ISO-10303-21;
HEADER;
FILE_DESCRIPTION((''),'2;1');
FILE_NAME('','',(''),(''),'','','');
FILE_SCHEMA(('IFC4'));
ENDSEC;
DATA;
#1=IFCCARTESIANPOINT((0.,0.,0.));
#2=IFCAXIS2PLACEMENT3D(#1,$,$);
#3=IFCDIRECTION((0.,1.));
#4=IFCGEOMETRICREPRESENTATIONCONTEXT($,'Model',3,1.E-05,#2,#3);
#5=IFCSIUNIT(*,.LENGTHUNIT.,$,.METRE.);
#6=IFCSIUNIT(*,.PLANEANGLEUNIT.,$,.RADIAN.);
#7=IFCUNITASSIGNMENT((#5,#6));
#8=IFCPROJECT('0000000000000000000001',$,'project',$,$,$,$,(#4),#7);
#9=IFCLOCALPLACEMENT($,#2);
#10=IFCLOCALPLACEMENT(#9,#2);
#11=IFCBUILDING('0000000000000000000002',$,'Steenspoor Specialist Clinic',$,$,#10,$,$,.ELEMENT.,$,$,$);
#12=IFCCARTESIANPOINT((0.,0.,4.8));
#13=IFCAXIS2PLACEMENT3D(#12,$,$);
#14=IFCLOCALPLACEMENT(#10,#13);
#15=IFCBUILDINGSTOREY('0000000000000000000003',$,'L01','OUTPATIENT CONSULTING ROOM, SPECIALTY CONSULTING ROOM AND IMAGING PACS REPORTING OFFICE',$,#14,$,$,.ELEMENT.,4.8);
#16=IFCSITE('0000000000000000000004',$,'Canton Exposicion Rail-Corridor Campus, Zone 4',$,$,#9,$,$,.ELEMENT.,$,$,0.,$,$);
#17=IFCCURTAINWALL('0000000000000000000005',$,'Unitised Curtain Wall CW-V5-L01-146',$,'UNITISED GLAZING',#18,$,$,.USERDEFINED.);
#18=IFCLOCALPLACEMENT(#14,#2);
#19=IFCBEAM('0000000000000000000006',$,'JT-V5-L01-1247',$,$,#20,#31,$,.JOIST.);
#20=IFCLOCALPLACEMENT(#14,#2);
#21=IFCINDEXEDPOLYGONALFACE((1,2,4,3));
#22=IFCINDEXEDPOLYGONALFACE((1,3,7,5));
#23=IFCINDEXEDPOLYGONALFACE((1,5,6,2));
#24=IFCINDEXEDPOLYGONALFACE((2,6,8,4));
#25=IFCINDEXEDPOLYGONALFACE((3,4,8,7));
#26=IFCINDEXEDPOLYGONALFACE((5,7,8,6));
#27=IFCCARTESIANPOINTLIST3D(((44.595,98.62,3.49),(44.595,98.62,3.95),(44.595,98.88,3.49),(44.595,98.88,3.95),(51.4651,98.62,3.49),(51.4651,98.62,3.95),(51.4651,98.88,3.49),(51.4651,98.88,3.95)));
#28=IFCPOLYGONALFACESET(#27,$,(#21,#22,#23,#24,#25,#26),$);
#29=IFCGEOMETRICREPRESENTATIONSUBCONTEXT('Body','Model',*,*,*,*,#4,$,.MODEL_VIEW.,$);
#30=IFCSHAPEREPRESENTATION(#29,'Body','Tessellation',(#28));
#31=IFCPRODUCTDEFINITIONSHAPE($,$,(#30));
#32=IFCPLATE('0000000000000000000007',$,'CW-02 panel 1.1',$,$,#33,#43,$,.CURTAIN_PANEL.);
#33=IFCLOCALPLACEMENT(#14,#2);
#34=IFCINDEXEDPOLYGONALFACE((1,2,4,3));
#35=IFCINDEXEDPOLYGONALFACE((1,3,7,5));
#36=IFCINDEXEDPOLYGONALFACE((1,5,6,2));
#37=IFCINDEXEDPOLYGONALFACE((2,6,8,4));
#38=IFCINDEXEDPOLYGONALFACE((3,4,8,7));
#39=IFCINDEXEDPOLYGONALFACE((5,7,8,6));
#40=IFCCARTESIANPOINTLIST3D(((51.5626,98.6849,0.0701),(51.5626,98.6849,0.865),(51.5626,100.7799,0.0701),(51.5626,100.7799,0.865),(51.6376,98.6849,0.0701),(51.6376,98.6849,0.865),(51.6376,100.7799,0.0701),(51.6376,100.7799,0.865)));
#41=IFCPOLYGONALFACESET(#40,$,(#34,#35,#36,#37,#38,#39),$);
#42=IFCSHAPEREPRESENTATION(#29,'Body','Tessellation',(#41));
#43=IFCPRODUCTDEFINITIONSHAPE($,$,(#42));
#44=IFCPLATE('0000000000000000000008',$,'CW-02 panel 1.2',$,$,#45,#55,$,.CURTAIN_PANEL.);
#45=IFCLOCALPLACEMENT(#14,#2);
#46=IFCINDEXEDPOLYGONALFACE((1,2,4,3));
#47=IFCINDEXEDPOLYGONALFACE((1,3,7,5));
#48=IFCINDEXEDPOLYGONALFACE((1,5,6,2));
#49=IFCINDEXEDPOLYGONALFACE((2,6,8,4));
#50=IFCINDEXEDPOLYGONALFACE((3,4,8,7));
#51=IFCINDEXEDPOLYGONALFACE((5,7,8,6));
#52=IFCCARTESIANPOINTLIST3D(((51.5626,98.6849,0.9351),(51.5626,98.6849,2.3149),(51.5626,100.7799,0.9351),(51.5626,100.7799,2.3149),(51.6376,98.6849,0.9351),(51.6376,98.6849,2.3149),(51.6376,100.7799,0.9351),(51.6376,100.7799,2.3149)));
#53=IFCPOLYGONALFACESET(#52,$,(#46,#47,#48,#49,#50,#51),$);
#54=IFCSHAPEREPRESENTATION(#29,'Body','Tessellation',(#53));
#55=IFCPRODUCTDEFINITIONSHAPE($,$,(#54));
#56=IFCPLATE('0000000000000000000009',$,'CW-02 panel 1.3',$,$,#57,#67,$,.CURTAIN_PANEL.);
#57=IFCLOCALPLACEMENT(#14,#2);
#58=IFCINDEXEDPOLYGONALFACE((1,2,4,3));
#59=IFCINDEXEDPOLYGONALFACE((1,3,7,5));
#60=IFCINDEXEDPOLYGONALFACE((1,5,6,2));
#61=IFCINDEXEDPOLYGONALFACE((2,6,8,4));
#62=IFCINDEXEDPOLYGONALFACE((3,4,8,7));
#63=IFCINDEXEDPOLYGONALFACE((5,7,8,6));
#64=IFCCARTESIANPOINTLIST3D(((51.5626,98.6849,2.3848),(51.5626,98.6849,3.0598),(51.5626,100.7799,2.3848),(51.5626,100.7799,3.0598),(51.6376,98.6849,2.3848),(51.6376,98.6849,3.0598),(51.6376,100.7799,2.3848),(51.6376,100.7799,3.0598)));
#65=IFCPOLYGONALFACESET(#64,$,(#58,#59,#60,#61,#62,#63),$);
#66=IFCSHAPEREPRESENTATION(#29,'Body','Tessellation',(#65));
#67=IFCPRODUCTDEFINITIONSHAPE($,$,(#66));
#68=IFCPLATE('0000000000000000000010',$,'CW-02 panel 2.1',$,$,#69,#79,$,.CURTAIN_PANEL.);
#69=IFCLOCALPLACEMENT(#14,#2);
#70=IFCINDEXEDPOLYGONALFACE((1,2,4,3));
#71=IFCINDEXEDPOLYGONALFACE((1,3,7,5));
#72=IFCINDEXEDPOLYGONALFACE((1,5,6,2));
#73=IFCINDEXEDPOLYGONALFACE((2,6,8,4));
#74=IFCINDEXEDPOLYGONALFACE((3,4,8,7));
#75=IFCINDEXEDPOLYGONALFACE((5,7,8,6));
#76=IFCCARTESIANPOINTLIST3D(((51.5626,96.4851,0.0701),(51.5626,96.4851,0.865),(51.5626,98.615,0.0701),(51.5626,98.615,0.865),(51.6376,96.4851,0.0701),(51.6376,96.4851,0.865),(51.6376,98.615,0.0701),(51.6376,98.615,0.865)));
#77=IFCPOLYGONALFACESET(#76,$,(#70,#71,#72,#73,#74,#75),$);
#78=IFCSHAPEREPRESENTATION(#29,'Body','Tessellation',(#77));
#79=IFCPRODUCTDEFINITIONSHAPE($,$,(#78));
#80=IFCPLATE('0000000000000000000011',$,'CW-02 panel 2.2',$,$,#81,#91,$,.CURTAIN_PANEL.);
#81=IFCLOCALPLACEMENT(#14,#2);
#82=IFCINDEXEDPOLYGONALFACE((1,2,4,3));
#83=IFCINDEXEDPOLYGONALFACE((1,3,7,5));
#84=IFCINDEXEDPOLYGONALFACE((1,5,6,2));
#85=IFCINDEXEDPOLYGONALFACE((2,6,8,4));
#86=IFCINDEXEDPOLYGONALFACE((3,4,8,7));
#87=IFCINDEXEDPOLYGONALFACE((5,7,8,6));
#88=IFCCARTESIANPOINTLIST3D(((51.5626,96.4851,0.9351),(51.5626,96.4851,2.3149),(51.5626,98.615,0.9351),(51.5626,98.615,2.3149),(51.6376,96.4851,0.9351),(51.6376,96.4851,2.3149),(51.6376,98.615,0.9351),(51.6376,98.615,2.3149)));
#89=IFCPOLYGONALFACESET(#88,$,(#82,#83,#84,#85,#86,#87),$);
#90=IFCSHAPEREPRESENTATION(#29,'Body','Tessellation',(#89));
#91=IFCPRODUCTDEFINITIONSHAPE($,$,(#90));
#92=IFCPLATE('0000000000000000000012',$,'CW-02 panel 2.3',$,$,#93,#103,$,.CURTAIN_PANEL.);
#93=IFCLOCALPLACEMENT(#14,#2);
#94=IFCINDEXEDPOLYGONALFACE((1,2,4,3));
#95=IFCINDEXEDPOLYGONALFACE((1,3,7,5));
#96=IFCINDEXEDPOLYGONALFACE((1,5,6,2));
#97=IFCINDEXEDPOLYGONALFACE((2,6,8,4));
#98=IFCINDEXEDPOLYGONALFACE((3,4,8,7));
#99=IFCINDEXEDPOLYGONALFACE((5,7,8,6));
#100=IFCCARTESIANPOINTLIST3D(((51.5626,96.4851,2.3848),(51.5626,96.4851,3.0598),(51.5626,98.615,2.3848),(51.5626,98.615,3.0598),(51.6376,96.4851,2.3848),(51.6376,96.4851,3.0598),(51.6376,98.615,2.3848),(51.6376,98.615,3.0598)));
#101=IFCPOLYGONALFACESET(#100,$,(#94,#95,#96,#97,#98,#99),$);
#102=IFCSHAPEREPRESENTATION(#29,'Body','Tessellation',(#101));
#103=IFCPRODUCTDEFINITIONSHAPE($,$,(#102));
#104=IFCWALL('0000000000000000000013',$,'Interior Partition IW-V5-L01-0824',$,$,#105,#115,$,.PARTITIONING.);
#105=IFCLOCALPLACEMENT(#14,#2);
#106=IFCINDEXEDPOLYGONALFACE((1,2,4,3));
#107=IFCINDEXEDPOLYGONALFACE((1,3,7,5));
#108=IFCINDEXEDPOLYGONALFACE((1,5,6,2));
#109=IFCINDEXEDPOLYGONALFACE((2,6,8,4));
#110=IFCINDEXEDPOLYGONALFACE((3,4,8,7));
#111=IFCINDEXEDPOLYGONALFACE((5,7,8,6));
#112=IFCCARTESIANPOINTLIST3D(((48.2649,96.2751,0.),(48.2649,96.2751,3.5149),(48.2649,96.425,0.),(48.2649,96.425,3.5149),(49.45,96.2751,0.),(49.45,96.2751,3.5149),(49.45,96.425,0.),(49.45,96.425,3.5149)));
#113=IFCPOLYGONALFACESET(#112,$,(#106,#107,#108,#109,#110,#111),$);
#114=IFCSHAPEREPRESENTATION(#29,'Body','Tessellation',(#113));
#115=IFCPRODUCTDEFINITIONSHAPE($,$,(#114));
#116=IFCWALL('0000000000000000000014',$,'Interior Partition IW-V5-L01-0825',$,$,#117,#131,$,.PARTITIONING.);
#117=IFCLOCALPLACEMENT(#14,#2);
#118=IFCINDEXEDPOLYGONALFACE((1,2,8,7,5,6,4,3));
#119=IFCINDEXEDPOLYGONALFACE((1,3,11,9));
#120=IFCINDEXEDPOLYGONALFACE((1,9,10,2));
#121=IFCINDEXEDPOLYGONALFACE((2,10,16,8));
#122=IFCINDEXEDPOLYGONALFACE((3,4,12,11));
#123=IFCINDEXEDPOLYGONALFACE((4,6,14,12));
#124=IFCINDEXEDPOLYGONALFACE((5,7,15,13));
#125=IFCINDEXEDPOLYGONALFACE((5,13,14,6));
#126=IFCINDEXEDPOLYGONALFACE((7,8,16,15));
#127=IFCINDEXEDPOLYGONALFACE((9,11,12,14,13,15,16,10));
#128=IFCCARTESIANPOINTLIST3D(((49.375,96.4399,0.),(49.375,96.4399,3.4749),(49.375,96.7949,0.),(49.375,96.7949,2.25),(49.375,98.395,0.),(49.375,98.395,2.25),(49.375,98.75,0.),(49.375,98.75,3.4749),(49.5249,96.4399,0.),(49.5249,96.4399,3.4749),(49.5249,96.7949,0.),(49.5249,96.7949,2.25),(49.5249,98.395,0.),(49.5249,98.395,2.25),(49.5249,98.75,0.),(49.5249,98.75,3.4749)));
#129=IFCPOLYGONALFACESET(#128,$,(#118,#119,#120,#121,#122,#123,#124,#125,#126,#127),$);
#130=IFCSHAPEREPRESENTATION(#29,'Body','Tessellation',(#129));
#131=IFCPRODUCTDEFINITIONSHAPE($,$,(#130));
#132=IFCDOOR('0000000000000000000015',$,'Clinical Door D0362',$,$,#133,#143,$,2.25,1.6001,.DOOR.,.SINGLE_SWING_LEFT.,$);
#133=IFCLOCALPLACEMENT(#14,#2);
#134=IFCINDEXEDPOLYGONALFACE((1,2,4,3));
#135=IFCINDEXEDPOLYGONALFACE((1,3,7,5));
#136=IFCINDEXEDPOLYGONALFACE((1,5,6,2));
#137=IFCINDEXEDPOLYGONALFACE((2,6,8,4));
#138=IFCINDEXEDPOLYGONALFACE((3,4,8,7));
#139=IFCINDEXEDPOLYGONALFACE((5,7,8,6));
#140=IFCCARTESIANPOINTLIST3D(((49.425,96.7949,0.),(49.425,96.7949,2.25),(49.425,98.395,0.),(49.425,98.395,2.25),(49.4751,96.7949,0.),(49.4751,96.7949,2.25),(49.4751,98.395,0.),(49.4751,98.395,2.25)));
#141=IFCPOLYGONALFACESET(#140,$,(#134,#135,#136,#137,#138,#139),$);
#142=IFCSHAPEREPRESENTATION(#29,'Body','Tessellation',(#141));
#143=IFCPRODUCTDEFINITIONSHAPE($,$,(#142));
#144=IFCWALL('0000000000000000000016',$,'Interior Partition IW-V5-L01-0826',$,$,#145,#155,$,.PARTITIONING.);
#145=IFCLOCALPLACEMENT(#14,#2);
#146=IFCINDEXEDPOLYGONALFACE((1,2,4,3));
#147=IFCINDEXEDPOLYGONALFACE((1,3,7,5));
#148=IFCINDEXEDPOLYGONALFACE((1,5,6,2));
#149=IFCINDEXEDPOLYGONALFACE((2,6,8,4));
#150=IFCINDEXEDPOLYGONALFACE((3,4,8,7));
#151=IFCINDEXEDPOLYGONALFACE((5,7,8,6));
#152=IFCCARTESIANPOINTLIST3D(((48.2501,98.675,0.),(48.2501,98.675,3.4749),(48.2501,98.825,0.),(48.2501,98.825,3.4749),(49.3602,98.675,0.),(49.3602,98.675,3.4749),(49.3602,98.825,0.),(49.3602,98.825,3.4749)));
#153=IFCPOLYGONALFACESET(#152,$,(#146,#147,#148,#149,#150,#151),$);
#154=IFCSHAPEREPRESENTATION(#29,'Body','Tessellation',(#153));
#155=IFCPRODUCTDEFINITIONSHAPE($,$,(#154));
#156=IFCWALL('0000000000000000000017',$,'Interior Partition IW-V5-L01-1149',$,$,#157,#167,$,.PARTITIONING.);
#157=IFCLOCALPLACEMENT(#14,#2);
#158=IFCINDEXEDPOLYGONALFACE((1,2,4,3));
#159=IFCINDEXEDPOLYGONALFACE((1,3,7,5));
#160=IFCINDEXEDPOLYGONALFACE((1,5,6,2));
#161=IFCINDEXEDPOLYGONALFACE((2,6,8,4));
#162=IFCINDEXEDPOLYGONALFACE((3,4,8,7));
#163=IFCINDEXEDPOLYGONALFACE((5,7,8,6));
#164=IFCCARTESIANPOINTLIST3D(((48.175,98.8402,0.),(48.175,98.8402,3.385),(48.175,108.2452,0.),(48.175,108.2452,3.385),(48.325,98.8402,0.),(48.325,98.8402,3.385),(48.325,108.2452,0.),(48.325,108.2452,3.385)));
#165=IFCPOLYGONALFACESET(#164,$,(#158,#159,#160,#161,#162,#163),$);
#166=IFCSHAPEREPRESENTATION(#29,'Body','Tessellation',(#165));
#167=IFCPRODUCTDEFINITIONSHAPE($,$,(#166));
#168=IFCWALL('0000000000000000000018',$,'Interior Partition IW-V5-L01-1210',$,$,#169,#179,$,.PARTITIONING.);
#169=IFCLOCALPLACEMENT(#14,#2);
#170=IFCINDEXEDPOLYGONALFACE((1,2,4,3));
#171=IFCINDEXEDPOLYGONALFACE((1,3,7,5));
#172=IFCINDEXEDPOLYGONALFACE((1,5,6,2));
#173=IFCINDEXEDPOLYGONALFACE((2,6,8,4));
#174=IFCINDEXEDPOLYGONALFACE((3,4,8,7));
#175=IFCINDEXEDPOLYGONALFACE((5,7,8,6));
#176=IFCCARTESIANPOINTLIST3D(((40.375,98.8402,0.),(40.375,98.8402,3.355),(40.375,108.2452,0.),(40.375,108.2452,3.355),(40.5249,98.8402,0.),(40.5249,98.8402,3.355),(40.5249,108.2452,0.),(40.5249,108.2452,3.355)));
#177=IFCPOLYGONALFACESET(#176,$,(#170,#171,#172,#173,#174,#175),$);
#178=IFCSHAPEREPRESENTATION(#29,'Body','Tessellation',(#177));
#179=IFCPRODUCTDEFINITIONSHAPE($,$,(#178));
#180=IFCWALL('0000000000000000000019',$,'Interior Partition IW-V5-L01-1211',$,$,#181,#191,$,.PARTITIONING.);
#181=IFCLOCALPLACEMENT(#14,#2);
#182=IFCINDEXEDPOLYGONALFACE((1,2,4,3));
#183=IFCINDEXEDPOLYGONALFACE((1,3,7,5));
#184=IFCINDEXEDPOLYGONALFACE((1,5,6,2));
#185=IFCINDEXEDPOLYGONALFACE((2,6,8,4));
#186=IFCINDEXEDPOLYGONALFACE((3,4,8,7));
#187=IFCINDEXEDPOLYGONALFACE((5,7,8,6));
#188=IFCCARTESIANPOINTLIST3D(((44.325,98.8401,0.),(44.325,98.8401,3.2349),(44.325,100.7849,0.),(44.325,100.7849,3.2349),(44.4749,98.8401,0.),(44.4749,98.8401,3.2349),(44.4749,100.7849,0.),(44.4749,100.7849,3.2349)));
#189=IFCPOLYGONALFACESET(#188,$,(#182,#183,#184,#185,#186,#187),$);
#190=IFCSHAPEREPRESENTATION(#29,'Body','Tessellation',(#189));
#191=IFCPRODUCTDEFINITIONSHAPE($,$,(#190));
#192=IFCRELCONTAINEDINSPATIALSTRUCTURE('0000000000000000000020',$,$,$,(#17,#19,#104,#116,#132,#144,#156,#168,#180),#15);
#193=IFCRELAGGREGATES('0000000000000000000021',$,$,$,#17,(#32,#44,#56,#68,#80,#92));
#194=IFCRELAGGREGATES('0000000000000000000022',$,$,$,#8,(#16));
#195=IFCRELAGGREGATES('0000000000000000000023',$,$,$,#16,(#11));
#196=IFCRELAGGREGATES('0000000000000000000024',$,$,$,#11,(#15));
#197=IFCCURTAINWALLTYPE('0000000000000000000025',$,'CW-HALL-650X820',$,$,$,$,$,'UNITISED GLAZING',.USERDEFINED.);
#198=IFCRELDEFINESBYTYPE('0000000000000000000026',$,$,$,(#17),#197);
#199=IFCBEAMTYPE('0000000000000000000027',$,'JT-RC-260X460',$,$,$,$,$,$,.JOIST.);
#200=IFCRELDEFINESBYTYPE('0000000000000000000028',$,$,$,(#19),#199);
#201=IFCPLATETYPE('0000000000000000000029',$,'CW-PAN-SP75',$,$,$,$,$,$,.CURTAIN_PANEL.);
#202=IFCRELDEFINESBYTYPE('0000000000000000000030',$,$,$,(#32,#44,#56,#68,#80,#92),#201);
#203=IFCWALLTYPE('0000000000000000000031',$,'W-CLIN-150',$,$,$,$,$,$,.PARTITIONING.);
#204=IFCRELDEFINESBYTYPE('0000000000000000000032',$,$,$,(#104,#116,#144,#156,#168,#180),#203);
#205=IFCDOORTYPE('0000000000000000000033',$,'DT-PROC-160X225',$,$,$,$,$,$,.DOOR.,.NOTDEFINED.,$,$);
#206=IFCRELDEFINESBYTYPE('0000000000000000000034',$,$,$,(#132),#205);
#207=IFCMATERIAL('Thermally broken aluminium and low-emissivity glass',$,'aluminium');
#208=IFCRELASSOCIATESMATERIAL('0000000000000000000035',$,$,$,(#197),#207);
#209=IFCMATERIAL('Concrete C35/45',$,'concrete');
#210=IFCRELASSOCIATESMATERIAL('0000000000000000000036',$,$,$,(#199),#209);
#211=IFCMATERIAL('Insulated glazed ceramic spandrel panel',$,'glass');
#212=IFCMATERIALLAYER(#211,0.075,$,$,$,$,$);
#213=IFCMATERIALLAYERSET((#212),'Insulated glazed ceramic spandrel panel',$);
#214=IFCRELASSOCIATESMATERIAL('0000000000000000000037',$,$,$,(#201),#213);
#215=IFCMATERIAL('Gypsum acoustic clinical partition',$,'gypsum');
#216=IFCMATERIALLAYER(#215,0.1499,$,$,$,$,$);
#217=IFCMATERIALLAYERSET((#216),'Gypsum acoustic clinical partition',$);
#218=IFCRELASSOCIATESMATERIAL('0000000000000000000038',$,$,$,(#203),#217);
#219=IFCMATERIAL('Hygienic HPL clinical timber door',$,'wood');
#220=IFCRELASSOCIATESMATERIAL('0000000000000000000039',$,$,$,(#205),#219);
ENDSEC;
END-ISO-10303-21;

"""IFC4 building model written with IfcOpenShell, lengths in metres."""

from ifc_helpers import new_model, si_unit, direction, frame, frame_2d, origin, origin_2d, place, context, subcontext, project, spatial, rectangle, extrude, material, layer, layer_set, material_profile, profile_set, type_object, element, fill, aggregate, save


model = new_model("IFC4")

# Units and contexts
model_context = context("Model", 3, precision=1e-05, world=origin(), true_north=direction((0.0, 1.0)))
body_context = subcontext(model_context, "Body", "Model", "MODEL_VIEW")
ifc_project = project(units=[si_unit("LENGTHUNIT", "METRE"), si_unit("PLANEANGLEUNIT", "RADIAN")], contexts=[model_context])

# Site, building, storey
site_placement = place(None, origin())
site = spatial("IfcSite", under=ifc_project, at=site_placement, Name="Canton Exposicion Rail-Corridor Campus, Zone 4", CompositionType="ELEMENT", RefElevation=0.0)
building_placement = place(site_placement, origin())
building = spatial("IfcBuilding", under=site, at=building_placement, Name="Steenspoor Specialist Clinic", CompositionType="ELEMENT")
storey_placement = place(building_placement, frame((0.0, 0.0, 4.8)))
storey = spatial("IfcBuildingStorey", under=building, at=storey_placement, Name="L01", Description="OUTPATIENT CONSULTING ROOM, SPECIALTY CONSULTING ROOM AND IMAGING PACS REPORTING OFFICE", CompositionType="ELEMENT", Elevation=4.8)

# Curtain wall
ifc_material_1 = material(Name="Thermally broken aluminium and low-emissivity glass", Category="aluminium")
curtain_wall_type = type_object("IfcCurtainWallType", Name="CW-HALL-650X820", ElementType="UNITISED GLAZING", PredefinedType="USERDEFINED", material=ifc_material_1)
curtain_wall_placement = place(storey_placement, origin())
curtain_wall = element("IfcCurtainWall", 1, at=curtain_wall_placement, inside=storey, type_object=curtain_wall_type, Name="Unitised Curtain Wall CW-V5-L01-146", ObjectType="UNITISED GLAZING", PredefinedType="USERDEFINED")

# Beam
ifc_material_2 = material(Name="Concrete C35/45", Category="concrete")
ifc_material_profile_1 = material_profile(ifc_material_2, rectangle(XDim=0.26, YDim=0.46, at=origin_2d()), Name="RC-JT-260X460")
ifc_profile_set_1 = profile_set([ifc_material_profile_1], Name="Concrete C35/45")
beam_type = type_object("IfcBeamType", Name="JT-RC-260X460", PredefinedType="JOIST", material=ifc_profile_set_1)
beam_placement = place(storey_placement, frame((44.595, 98.75, 3.72), z_axis=(1.0, 0.0, 0.0), x_axis=(0.0, 1.0, 0.0)))
element("IfcBeam", 2, at=beam_placement, inside=storey, type_object=beam_type, Name="JT-V5-L01-1247", PredefinedType="JOIST", context=body_context, shape_type="SweptSolid", body=[
    extrude(rectangle(XDim=0.26, YDim=0.46, at=origin_2d()), origin(), (0.0, 0.0, 1.0), 6.8701),
])

# Plates
ifc_material_3 = material(Name="Insulated glazed ceramic spandrel panel", Category="glass")
ifc_layer_1 = layer(ifc_material_3, 0.075)
ifc_layer_set_1 = layer_set([ifc_layer_1], Name="Insulated glazed ceramic spandrel panel")
plate_type = type_object("IfcPlateType", Name="CW-PAN-SP75", PredefinedType="CURTAIN_PANEL", material=ifc_layer_set_1)
plate_1_placement = place(storey_placement, frame((51.6001, 99.7324, 0.0701), z_axis=(0.0, 0.0, 1.0), x_axis=(0.0, -1.0, 0.0)))
plate_1 = element("IfcPlate", 3, at=plate_1_placement, type_object=plate_type, Name="CW-02 panel 1.1", PredefinedType="CURTAIN_PANEL", context=body_context, shape_type="SweptSolid", body=[
    extrude(rectangle(XDim=2.095, YDim=0.075, at=origin_2d()), origin(), (0.0, 0.0, 1.0), 0.7949),
])
plate_2_placement = place(storey_placement, frame((51.6001, 99.7324, 0.9351), z_axis=(0.0, 0.0, 1.0), x_axis=(0.0, -1.0, 0.0)))
plate_2 = element("IfcPlate", 4, at=plate_2_placement, type_object=plate_type, Name="CW-02 panel 1.2", PredefinedType="CURTAIN_PANEL", context=body_context, shape_type="SweptSolid", body=[
    extrude(rectangle(XDim=2.095, YDim=0.075, at=origin_2d()), origin(), (0.0, 0.0, 1.0), 1.3799),
])
plate_3_placement = place(storey_placement, frame((51.6001, 99.7324, 2.3848), z_axis=(0.0, 0.0, 1.0), x_axis=(0.0, -1.0, 0.0)))
plate_3 = element("IfcPlate", 5, at=plate_3_placement, type_object=plate_type, Name="CW-02 panel 1.3", PredefinedType="CURTAIN_PANEL", context=body_context, shape_type="SweptSolid", body=[
    extrude(rectangle(XDim=2.095, YDim=0.075, at=origin_2d()), origin(), (0.0, 0.0, 1.0), 0.675),
])
plate_4_placement = place(storey_placement, frame((51.6001, 97.55, 0.0701), z_axis=(0.0, 0.0, 1.0), x_axis=(0.0, -1.0, 0.0)))
plate_4 = element("IfcPlate", 6, at=plate_4_placement, type_object=plate_type, Name="CW-02 panel 2.1", PredefinedType="CURTAIN_PANEL", context=body_context, shape_type="SweptSolid", body=[
    extrude(rectangle(XDim=2.1299, YDim=0.075, at=origin_2d()), origin(), (0.0, 0.0, 1.0), 0.7949),
])
plate_5_placement = place(storey_placement, frame((51.6001, 97.55, 0.9351), z_axis=(0.0, 0.0, 1.0), x_axis=(0.0, -1.0, 0.0)))
plate_5 = element("IfcPlate", 7, at=plate_5_placement, type_object=plate_type, Name="CW-02 panel 2.2", PredefinedType="CURTAIN_PANEL", context=body_context, shape_type="SweptSolid", body=[
    extrude(rectangle(XDim=2.1299, YDim=0.075, at=origin_2d()), origin(), (0.0, 0.0, 1.0), 1.3799),
])
plate_6_placement = place(storey_placement, frame((51.6001, 97.55, 2.3848), z_axis=(0.0, 0.0, 1.0), x_axis=(0.0, -1.0, 0.0)))
plate_6 = element("IfcPlate", 8, at=plate_6_placement, type_object=plate_type, Name="CW-02 panel 2.3", PredefinedType="CURTAIN_PANEL", context=body_context, shape_type="SweptSolid", body=[
    extrude(rectangle(XDim=2.1299, YDim=0.075, at=origin_2d()), origin(), (0.0, 0.0, 1.0), 0.675),
])
aggregate(curtain_wall, [plate_1, plate_2, plate_3, plate_4, plate_5, plate_6])

# Wall
ifc_material_4 = material(Name="Gypsum acoustic clinical partition", Category="gypsum")
ifc_layer_2 = layer(ifc_material_4, 0.1499)
ifc_layer_set_2 = layer_set([ifc_layer_2], Name="Gypsum acoustic clinical partition")
wall_type_1 = type_object("IfcWallType", Name="W-CLIN-150", PredefinedType="PARTITIONING", material=ifc_layer_set_2)
wall_1_placement = place(storey_placement, frame((48.2649, 96.3501, 0.0), z_axis=(0.0, 0.0, 1.0), x_axis=(1.0, 0.0, 0.0)))
element("IfcWall", 9, at=wall_1_placement, inside=storey, type_object=wall_type_1, Name="Interior Partition IW-V5-L01-0824", PredefinedType="PARTITIONING", context=body_context, shape_type="SweptSolid", body=[
    extrude(rectangle(XDim=1.1851, YDim=0.1499, at=frame_2d((0.5925, 0.0))), origin(), (0.0, 0.0, 1.0), 3.5149),
])

# Wall, opening, door
wall_2_placement = place(storey_placement, frame((49.45, 96.4399, 0.0), z_axis=(0.0, 0.0, 1.0), x_axis=(0.0, 1.0, 0.0)))
wall_2 = element("IfcWall", 10, at=wall_2_placement, inside=storey, type_object=wall_type_1, Name="Interior Partition IW-V5-L01-0825", PredefinedType="PARTITIONING", context=body_context, shape_type="SweptSolid", body=[
    extrude(rectangle(XDim=2.3101, YDim=0.1499, at=frame_2d((1.155, 0.0))), origin(), (0.0, 0.0, 1.0), 3.4749),
])
opening_1_placement = place(wall_2_placement, frame((0.355, 0.0, 0.0)))
opening_1 = element("IfcOpeningElement", 11, at=opening_1_placement, cuts=wall_2, PredefinedType="OPENING", context=body_context, shape_type="SweptSolid", body=[
    extrude(rectangle(XDim=1.6001, YDim=2.25, at=frame_2d((0.8, 1.125))), frame((0.0, 0.085, 0.0), z_axis=(0.0, -1.0, 0.0), x_axis=(1.0, 0.0, 0.0)), (0.0, 0.0, 1.0), 0.1699),
])
ifc_material_5 = material(Name="Hygienic HPL clinical timber door", Category="wood")
door_type_1 = type_object("IfcDoorType", Name="DT-PROC-160X225", OperationType="NOTDEFINED", PredefinedType="DOOR", material=ifc_material_5)
door_1_placement = place(opening_1_placement, origin())
door_1 = element("IfcDoor", 12, at=door_1_placement, inside=storey, type_object=door_type_1, Name="Clinical Door D0362", OperationType="SINGLE_SWING_LEFT", OverallHeight=2.25, OverallWidth=1.6001, PredefinedType="DOOR", context=body_context, shape_type="SweptSolid", body=[
    extrude(rectangle(XDim=1.6001, YDim=2.25, at=frame_2d((0.8, 1.125))), frame((0.0, 0.0249, 0.0), z_axis=(0.0, -1.0, 0.0), x_axis=(1.0, 0.0, 0.0)), (0.0, 0.0, 1.0), 0.05),
])
fill(opening_1, door_1)

# Wall
wall_3_placement = place(storey_placement, frame((48.25, 98.75, 0.0), z_axis=(0.0, 0.0, 1.0), x_axis=(1.0, 0.0, 0.0)))
element("IfcWall", 13, at=wall_3_placement, inside=storey, type_object=wall_type_1, Name="Interior Partition IW-V5-L01-0826", PredefinedType="PARTITIONING", context=body_context, shape_type="SweptSolid", body=[
    extrude(rectangle(XDim=1.1101, YDim=0.1499, at=frame_2d((0.5552, 0.0))), origin(), (0.0, 0.0, 1.0), 3.4749),
])

# Walls
wall_4_placement = place(storey_placement, frame((48.25, 98.8401, 0.0), z_axis=(0.0, 0.0, 1.0), x_axis=(0.0, 1.0, 0.0)))
element("IfcWall", 14, at=wall_4_placement, inside=storey, type_object=wall_type_1, Name="Interior Partition IW-V5-L01-1149", PredefinedType="PARTITIONING", context=body_context, shape_type="SweptSolid", body=[
    extrude(rectangle(XDim=9.405, YDim=0.1499, at=frame_2d((4.7026, 0.0))), origin(), (0.0, 0.0, 1.0), 3.385),
])
wall_5_placement = place(storey_placement, frame((40.45, 98.8401, 0.0), z_axis=(0.0, 0.0, 1.0), x_axis=(0.0, 1.0, 0.0)))
element("IfcWall", 15, at=wall_5_placement, inside=storey, type_object=wall_type_1, Name="Interior Partition IW-V5-L01-1210", PredefinedType="PARTITIONING", context=body_context, shape_type="SweptSolid", body=[
    extrude(rectangle(XDim=9.405, YDim=0.1499, at=frame_2d((4.7026, 0.0))), origin(), (0.0, 0.0, 1.0), 3.355),
])
wall_6_placement = place(storey_placement, frame((44.3999, 98.8401, 0.0), z_axis=(0.0, 0.0, 1.0), x_axis=(0.0, 1.0, 0.0)))
element("IfcWall", 16, at=wall_6_placement, inside=storey, type_object=wall_type_1, Name="Interior Partition IW-V5-L01-1211", PredefinedType="PARTITIONING", context=body_context, shape_type="SweptSolid", body=[
    extrude(rectangle(XDim=1.9448, YDim=0.1499, at=frame_2d((0.9724, 0.0))), origin(), (0.0, 0.0, 1.0), 3.2349),
])

save(model, "model.ifc")
